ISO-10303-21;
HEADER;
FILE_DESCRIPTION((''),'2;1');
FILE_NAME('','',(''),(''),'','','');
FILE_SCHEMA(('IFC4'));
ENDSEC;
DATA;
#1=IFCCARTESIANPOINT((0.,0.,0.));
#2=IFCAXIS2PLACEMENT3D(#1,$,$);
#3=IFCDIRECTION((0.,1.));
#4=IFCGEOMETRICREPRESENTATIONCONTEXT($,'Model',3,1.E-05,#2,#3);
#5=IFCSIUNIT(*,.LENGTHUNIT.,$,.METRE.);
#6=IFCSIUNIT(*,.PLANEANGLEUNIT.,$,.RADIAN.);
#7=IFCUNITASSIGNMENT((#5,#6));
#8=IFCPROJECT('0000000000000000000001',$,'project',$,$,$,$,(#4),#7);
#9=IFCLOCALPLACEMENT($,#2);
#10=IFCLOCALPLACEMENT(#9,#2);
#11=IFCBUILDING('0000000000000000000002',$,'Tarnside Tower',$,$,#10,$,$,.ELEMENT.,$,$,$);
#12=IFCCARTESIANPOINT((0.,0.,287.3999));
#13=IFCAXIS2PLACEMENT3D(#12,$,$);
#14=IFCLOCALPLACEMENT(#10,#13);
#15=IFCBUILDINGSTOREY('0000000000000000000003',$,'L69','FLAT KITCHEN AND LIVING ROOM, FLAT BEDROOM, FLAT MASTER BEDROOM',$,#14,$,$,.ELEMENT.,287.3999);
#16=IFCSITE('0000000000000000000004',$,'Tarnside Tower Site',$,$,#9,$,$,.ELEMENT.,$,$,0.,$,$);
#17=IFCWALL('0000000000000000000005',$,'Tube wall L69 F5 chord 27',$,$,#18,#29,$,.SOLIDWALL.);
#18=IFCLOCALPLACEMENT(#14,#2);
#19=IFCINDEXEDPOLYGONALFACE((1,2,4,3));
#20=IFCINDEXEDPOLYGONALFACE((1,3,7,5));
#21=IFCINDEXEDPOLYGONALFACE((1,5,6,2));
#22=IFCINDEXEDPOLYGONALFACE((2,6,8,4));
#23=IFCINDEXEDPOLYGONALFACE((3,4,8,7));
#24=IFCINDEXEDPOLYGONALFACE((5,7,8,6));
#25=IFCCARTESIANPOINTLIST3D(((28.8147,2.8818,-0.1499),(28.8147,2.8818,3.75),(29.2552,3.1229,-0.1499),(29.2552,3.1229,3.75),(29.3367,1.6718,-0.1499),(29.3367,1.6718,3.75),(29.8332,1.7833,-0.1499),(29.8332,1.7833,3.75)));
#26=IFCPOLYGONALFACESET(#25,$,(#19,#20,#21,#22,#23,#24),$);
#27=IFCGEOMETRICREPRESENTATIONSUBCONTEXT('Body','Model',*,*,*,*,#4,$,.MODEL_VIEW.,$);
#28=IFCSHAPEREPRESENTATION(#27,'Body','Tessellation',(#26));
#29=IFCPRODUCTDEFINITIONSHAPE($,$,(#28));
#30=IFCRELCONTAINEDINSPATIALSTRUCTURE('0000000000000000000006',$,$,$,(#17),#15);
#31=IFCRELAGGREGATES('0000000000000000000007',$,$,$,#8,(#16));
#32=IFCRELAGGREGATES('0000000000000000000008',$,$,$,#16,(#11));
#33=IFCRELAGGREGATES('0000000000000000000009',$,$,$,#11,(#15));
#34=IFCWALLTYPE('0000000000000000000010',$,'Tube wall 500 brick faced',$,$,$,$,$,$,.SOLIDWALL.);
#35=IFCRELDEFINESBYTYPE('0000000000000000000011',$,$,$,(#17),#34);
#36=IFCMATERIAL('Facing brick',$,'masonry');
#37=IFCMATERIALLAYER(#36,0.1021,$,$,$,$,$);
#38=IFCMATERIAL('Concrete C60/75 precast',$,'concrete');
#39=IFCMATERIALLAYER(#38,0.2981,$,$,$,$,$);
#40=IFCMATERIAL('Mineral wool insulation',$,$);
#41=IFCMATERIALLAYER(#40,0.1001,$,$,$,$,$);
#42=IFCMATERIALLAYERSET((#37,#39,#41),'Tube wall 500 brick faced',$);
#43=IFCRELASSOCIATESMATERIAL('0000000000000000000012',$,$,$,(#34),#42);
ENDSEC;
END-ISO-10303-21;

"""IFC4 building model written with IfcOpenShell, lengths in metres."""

from ifc_helpers import new_model, si_unit, direction, frame, origin, place, context, subcontext, project, spatial, polyline, outline, extrude, material, layer, layer_set, type_object, element, save


model = new_model("IFC4")

# Units and contexts
model_context = context("Model", 3, precision=1e-05, world=origin(), true_north=direction((0.0, 1.0)))
body_context = subcontext(model_context, "Body", "Model", "MODEL_VIEW")
ifc_project = project(units=[si_unit("LENGTHUNIT", "METRE"), si_unit("PLANEANGLEUNIT", "RADIAN")], contexts=[model_context])

# Site, building, storey
site_placement = place(None, origin())
site = spatial("IfcSite", under=ifc_project, at=site_placement, Name="Tarnside Tower Site", CompositionType="ELEMENT", RefElevation=0.0)
building_placement = place(site_placement, origin())
building = spatial("IfcBuilding", under=site, at=building_placement, Name="Tarnside Tower", CompositionType="ELEMENT")
storey_placement = place(building_placement, frame((0.0, 0.0, 287.3999)))
storey = spatial("IfcBuildingStorey", under=building, at=storey_placement, Name="L69", Description="FLAT KITCHEN AND LIVING ROOM, FLAT BEDROOM, FLAT MASTER BEDROOM", CompositionType="ELEMENT", Elevation=287.3999)

# Shared definitions
ifc_material_1 = material(Name="Concrete C60/75 precast", Category="concrete")
ifc_material_2 = material(Name="Mineral wool insulation")

# Wall
ifc_material_3 = material(Name="Facing brick", Category="masonry")
ifc_layer_1 = layer(ifc_material_3, 0.1021)
ifc_layer_2 = layer(ifc_material_1, 0.2981)
ifc_layer_3 = layer(ifc_material_2, 0.1001)
ifc_layer_set_1 = layer_set([ifc_layer_1, ifc_layer_2, ifc_layer_3], Name="Tube wall 500 brick faced")
wall_type_1 = type_object("IfcWallType", Name="Tube wall 500 brick faced", PredefinedType="SOLIDWALL", material=ifc_layer_set_1)
wall_1_placement = place(storey_placement, frame((29.585, 1.7275, -0.1499), z_axis=(0.0, 0.0, 1.0), x_axis=(-0.396146, 0.918187, 0.0)))
element("IfcWall", 1, at=wall_1_placement, inside=storey, type_object=wall_type_1, Name="Tube wall L69 F5 chord 27", PredefinedType="SOLIDWALL", context=body_context, shape_type="SweptSolid", body=[
    extrude(outline(polyline([(-0.0471, -0.25), (1.4119, -0.25), (1.365, 0.25), (0.0471, 0.25), (-0.0471, -0.25)])), origin(), (0.0, 0.0, 1.0), 3.8999),
])

save(model, "model.ifc")
